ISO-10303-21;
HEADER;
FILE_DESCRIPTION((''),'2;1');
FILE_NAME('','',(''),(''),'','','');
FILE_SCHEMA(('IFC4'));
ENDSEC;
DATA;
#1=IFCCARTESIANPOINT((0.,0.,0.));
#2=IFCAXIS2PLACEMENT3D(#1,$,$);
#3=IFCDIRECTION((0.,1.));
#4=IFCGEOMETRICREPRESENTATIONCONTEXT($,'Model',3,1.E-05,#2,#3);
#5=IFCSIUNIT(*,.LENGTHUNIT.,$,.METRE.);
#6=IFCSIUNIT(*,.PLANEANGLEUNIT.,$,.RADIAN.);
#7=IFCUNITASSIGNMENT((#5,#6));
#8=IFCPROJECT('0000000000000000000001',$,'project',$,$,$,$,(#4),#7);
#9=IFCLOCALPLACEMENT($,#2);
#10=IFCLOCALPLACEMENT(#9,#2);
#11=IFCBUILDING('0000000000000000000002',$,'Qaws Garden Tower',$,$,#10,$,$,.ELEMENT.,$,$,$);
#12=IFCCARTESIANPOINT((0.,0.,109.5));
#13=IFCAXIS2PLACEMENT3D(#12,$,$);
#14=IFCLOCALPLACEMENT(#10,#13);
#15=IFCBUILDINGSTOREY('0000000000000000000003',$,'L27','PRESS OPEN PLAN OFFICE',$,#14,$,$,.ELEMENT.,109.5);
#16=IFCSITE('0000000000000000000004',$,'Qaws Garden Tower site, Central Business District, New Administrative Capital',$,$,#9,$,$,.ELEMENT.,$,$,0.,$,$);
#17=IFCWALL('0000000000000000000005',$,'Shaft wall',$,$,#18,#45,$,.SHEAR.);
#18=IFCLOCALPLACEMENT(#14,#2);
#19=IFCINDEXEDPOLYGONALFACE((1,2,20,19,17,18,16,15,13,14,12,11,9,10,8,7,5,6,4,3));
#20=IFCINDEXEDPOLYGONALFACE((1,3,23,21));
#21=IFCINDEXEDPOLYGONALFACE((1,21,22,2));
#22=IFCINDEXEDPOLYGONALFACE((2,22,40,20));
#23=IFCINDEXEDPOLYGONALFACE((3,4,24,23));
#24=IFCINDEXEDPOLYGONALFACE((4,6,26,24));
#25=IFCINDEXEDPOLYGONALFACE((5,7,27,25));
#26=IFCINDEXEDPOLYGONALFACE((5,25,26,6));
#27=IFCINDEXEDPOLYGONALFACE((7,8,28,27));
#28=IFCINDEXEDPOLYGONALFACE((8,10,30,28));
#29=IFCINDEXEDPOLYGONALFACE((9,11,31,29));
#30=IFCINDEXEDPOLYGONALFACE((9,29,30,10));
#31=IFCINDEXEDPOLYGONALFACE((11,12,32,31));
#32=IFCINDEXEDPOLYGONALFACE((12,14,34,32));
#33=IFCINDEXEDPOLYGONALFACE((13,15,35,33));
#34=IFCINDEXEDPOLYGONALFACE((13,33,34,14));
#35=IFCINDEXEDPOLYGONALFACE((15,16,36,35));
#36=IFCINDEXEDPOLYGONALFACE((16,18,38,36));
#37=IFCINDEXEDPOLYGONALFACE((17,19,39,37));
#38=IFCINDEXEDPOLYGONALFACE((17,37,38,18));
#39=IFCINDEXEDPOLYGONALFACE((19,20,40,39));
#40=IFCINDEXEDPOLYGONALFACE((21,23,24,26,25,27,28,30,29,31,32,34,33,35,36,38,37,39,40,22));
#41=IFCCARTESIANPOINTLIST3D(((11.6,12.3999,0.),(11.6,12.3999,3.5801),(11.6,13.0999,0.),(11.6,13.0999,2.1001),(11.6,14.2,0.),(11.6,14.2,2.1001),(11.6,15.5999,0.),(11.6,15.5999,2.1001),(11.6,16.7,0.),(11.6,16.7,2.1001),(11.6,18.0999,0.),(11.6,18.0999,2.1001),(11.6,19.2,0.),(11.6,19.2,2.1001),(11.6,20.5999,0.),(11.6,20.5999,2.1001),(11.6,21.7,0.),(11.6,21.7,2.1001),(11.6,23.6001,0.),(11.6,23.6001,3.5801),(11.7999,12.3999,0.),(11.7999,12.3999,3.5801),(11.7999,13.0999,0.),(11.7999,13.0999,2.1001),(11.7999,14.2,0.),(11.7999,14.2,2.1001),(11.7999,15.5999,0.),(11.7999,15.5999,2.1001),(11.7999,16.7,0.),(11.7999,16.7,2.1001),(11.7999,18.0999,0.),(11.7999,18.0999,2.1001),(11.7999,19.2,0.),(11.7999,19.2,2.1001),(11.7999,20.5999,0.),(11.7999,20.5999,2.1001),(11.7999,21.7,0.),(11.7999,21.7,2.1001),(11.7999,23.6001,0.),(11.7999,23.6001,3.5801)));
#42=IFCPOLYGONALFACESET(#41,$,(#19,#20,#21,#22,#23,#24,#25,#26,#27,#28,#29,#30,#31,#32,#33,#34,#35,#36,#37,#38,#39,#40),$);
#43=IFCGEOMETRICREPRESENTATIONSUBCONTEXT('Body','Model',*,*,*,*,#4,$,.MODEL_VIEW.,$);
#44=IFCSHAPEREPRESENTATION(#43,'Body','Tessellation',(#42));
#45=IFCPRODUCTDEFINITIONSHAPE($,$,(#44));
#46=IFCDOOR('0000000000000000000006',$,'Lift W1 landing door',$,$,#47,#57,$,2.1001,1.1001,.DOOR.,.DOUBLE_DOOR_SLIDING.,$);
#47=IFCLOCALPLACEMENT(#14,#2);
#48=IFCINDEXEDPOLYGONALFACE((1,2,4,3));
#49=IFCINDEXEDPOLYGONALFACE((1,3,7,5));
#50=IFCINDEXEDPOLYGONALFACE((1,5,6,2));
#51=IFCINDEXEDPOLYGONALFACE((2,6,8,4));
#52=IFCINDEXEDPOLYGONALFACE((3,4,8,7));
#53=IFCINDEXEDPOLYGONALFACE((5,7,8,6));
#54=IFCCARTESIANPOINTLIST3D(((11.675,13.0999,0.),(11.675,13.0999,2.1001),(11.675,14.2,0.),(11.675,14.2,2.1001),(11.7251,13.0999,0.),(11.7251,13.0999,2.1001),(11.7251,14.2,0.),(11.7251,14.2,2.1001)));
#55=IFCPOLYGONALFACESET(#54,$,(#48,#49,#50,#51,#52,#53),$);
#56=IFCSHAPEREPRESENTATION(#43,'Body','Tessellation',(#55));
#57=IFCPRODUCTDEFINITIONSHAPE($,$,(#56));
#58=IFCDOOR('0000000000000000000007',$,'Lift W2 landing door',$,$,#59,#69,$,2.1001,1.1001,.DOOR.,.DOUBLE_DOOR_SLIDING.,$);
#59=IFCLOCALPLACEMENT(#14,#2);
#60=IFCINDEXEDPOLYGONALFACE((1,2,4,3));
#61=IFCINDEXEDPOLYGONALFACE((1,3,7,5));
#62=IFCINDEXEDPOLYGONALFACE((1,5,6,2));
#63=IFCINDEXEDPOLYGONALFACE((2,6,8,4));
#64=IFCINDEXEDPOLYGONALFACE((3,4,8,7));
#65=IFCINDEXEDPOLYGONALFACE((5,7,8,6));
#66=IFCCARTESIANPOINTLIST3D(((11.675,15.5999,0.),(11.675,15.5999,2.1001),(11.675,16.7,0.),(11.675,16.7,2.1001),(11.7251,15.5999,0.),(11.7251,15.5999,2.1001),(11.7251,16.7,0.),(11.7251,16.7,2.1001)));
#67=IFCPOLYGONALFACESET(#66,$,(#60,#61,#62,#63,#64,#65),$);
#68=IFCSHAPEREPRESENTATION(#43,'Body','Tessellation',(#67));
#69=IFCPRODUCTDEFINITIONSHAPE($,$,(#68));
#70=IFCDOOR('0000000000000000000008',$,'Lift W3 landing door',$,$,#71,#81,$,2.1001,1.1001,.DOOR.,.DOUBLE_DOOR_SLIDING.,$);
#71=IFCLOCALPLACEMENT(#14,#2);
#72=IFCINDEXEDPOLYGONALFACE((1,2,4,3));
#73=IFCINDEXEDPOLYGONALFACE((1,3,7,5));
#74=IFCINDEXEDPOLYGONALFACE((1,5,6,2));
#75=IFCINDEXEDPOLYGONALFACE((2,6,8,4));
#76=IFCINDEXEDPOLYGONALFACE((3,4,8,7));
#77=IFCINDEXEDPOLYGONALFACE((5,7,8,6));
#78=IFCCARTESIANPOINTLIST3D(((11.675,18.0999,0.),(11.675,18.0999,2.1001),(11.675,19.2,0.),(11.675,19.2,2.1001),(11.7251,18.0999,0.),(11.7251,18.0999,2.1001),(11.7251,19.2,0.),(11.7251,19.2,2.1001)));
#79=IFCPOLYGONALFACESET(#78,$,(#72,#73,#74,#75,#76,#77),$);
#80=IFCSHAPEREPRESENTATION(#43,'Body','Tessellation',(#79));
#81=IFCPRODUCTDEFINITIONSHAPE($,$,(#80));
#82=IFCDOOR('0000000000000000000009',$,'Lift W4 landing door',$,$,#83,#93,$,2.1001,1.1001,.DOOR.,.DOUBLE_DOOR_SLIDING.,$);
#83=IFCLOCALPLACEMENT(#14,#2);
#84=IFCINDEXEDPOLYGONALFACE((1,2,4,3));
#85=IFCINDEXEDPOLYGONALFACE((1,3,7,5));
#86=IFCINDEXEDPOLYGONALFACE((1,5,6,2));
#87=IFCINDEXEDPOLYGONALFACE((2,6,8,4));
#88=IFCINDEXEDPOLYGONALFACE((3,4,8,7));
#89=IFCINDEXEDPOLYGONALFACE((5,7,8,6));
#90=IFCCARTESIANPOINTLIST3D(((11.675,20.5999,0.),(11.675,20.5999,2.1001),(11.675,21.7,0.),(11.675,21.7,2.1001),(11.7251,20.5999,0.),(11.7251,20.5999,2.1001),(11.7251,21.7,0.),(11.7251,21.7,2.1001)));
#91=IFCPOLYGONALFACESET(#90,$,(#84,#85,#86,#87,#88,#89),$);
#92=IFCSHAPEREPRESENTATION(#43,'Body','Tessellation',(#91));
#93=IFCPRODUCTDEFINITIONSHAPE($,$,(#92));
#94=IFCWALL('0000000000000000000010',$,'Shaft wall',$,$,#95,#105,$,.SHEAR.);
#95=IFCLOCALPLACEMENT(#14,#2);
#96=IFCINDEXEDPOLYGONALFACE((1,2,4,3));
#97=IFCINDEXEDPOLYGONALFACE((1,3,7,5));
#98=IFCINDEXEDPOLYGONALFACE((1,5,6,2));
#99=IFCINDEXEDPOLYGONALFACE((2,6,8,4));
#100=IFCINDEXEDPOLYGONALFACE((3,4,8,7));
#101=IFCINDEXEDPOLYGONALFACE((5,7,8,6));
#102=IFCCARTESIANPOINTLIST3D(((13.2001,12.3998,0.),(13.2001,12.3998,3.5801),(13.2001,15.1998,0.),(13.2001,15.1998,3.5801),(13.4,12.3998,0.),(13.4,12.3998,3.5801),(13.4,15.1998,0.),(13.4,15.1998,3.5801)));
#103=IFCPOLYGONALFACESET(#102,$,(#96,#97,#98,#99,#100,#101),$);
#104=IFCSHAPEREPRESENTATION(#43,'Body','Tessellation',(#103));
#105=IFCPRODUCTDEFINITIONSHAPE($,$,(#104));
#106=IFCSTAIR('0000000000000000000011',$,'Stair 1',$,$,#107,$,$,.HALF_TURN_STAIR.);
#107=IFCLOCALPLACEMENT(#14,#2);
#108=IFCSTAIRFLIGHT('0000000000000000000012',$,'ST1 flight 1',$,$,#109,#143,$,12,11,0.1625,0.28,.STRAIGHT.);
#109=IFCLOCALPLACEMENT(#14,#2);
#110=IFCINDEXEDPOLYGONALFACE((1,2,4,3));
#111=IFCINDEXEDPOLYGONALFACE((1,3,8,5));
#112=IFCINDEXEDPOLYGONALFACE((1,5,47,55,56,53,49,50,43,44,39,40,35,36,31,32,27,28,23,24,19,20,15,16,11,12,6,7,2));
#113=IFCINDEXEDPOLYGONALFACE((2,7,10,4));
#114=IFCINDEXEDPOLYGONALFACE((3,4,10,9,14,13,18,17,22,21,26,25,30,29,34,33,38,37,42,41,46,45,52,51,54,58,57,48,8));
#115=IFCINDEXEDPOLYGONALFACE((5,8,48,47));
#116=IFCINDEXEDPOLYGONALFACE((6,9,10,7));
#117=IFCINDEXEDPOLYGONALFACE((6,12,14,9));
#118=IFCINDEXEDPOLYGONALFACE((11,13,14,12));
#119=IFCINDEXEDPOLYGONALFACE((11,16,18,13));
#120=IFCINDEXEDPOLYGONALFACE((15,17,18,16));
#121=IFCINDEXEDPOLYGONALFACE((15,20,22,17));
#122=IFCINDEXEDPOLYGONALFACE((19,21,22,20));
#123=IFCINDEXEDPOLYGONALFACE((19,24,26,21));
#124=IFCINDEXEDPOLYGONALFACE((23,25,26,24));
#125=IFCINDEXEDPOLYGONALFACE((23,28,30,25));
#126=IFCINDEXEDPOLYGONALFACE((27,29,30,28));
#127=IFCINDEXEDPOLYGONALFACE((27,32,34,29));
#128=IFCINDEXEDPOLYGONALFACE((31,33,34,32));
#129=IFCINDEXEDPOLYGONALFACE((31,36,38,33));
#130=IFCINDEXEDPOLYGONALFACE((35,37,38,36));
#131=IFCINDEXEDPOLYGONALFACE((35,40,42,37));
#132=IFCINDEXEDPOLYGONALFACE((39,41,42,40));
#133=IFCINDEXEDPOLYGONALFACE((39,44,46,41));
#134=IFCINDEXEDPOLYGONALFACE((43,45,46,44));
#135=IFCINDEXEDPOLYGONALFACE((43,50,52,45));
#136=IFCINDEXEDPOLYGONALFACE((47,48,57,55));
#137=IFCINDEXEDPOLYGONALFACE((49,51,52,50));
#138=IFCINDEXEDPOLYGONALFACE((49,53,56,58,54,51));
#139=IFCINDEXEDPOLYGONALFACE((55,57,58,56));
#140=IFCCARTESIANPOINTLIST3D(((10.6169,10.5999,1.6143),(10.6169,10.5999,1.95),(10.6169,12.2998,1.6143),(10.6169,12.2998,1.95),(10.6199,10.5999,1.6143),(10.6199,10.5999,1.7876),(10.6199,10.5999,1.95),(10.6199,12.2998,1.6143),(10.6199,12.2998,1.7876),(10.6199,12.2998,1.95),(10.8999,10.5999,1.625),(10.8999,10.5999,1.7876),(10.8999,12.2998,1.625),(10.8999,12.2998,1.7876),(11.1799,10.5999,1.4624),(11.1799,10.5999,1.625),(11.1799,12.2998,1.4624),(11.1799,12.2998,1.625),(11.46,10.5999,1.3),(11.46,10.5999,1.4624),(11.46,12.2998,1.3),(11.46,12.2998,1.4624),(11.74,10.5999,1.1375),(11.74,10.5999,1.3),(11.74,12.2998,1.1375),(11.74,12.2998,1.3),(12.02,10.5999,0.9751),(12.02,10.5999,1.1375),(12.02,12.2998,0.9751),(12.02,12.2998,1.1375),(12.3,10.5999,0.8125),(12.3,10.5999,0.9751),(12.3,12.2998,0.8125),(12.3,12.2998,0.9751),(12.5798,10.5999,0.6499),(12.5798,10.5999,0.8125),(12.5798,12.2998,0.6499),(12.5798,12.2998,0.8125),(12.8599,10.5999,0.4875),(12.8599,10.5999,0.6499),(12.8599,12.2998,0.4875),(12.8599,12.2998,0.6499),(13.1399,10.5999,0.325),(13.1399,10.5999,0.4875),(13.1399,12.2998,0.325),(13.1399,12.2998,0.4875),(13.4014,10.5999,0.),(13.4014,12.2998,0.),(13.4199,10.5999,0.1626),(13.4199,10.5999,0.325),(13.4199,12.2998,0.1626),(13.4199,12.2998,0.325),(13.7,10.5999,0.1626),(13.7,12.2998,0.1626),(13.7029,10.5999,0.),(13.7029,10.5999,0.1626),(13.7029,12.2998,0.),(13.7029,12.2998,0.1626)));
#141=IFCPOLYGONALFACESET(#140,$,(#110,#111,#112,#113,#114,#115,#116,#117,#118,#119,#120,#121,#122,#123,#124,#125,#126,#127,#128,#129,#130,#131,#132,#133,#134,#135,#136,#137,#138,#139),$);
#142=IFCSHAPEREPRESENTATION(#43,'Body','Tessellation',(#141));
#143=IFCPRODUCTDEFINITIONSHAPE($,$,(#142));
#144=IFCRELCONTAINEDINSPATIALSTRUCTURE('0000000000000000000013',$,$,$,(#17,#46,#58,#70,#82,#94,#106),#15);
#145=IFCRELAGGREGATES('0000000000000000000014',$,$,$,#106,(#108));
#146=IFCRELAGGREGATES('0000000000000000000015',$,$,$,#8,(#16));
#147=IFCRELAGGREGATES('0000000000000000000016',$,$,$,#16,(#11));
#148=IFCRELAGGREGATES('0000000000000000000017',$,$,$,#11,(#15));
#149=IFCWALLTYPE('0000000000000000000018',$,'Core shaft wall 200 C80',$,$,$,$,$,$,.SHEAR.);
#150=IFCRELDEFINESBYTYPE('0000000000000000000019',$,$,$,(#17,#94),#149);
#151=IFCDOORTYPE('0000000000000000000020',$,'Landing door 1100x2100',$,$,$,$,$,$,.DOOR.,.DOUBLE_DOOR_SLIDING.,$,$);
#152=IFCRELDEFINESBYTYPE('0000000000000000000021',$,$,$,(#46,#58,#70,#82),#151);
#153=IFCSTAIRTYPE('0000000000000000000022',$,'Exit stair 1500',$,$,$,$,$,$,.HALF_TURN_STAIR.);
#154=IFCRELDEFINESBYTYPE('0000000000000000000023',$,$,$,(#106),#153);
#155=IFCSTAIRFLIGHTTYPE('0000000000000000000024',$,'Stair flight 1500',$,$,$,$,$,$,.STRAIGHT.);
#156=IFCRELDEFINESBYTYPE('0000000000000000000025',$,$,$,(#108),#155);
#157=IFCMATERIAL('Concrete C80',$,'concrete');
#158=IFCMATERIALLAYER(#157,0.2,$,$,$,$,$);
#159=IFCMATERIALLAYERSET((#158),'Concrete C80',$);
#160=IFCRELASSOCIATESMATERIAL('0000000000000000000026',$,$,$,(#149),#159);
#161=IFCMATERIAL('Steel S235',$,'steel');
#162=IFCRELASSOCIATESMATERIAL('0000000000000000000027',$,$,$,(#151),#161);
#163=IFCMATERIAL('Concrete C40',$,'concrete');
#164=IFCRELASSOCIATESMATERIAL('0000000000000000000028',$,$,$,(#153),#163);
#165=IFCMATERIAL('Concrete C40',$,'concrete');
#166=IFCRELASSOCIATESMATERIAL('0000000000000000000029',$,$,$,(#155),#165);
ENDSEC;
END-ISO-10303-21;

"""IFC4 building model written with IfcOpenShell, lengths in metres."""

from ifc_helpers import new_model, si_unit, direction, frame, frame_2d, origin, place, context, subcontext, project, spatial, polyline, rectangle, outline, extrude, material, layer, layer_set, type_object, element, fill, aggregate, save


model = new_model("IFC4")

# Units and contexts
model_context = context("Model", 3, precision=1e-05, world=origin(), true_north=direction((0.0, 1.0)))
body_context = subcontext(model_context, "Body", "Model", "MODEL_VIEW")
ifc_project = project(units=[si_unit("LENGTHUNIT", "METRE"), si_unit("PLANEANGLEUNIT", "RADIAN")], contexts=[model_context])

# Site, building, storey
site_placement = place(None, origin())
site = spatial("IfcSite", under=ifc_project, at=site_placement, Name="Qaws Garden Tower site, Central Business District, New Administrative Capital", CompositionType="ELEMENT", RefElevation=0.0)
building_placement = place(site_placement, origin())
building = spatial("IfcBuilding", under=site, at=building_placement, Name="Qaws Garden Tower", CompositionType="ELEMENT")
storey_placement = place(building_placement, frame((0.0, 0.0, 109.5)))
storey = spatial("IfcBuildingStorey", under=building, at=storey_placement, Name="L27", Description="PRESS OPEN PLAN OFFICE", CompositionType="ELEMENT", Elevation=109.5)

# Shared definitions
ifc_material_1 = material(Name="Concrete C80", Category="concrete")
ifc_layer_1 = layer(ifc_material_1, 0.2)
ifc_layer_set_1 = layer_set([ifc_layer_1], Name="Concrete C80")
wall_type_1 = type_object("IfcWallType", Name="Core shaft wall 200 C80", PredefinedType="SHEAR", material=ifc_layer_set_1)

# Shared definitions
ifc_material_2 = material(Name="Steel S235", Category="steel")
door_type_1 = type_object("IfcDoorType", Name="Landing door 1100x2100", OperationType="DOUBLE_DOOR_SLIDING", PredefinedType="DOOR", material=ifc_material_2)

# Wall, openings, doors
wall_1_placement = place(storey_placement, frame((11.7, 12.3999, 0.0), z_axis=(0.0, 0.0, 1.0), x_axis=(0.0, 1.0, 0.0)))
wall_1 = element("IfcWall", 1, at=wall_1_placement, inside=storey, type_object=wall_type_1, Name="Shaft wall", PredefinedType="SHEAR", context=body_context, shape_type="SweptSolid", body=[
    extrude(rectangle(XDim=11.2002, YDim=0.2, at=frame_2d((5.6001, 0.0))), origin(), (0.0, 0.0, 1.0), 3.5801),
])
opening_1_placement = place(wall_1_placement, frame((0.7, 0.0, 0.0)))
opening_1 = element("IfcOpeningElement", 2, at=opening_1_placement, cuts=wall_1, PredefinedType="OPENING", context=body_context, shape_type="SweptSolid", body=[
    extrude(rectangle(XDim=1.1001, YDim=2.1001, at=frame_2d((0.55, 1.05))), frame((0.0, 0.1099, 0.0), z_axis=(0.0, -1.0, 0.0), x_axis=(1.0, 0.0, 0.0)), (0.0, 0.0, 1.0), 0.22),
])
opening_2_placement = place(wall_1_placement, frame((3.2, 0.0, 0.0)))
opening_2 = element("IfcOpeningElement", 3, at=opening_2_placement, cuts=wall_1, PredefinedType="OPENING", context=body_context, shape_type="SweptSolid", body=[
    extrude(rectangle(XDim=1.1001, YDim=2.1001, at=frame_2d((0.55, 1.05))), frame((0.0, 0.1099, 0.0), z_axis=(0.0, -1.0, 0.0), x_axis=(1.0, 0.0, 0.0)), (0.0, 0.0, 1.0), 0.22),
])
opening_3_placement = place(wall_1_placement, frame((5.7, 0.0, 0.0)))
opening_3 = element("IfcOpeningElement", 4, at=opening_3_placement, cuts=wall_1, PredefinedType="OPENING", context=body_context, shape_type="SweptSolid", body=[
    extrude(rectangle(XDim=1.1001, YDim=2.1001, at=frame_2d((0.55, 1.05))), frame((0.0, 0.1099, 0.0), z_axis=(0.0, -1.0, 0.0), x_axis=(1.0, 0.0, 0.0)), (0.0, 0.0, 1.0), 0.22),
])
opening_4_placement = place(wall_1_placement, frame((8.2, 0.0, 0.0)))
opening_4 = element("IfcOpeningElement", 5, at=opening_4_placement, cuts=wall_1, PredefinedType="OPENING", context=body_context, shape_type="SweptSolid", body=[
    extrude(rectangle(XDim=1.1001, YDim=2.1001, at=frame_2d((0.55, 1.05))), frame((0.0, 0.1099, 0.0), z_axis=(0.0, -1.0, 0.0), x_axis=(1.0, 0.0, 0.0)), (0.0, 0.0, 1.0), 0.22),
])
door_1_placement = place(opening_1_placement, origin())
door_1 = element("IfcDoor", 6, at=door_1_placement, inside=storey, type_object=door_type_1, Name="Lift W1 landing door", OperationType="DOUBLE_DOOR_SLIDING", OverallHeight=2.1001, OverallWidth=1.1001, PredefinedType="DOOR", context=body_context, shape_type="SweptSolid", body=[
    extrude(rectangle(XDim=1.1001, YDim=2.1001, at=frame_2d((0.55, 1.05))), frame((0.0, 0.0249, 0.0), z_axis=(0.0, -1.0, 0.0), x_axis=(1.0, 0.0, 0.0)), (0.0, 0.0, 1.0), 0.05),
])
fill(opening_1, door_1)
door_2_placement = place(opening_2_placement, origin())
door_2 = element("IfcDoor", 7, at=door_2_placement, inside=storey, type_object=door_type_1, Name="Lift W2 landing door", OperationType="DOUBLE_DOOR_SLIDING", OverallHeight=2.1001, OverallWidth=1.1001, PredefinedType="DOOR", context=body_context, shape_type="SweptSolid", body=[
    extrude(rectangle(XDim=1.1001, YDim=2.1001, at=frame_2d((0.55, 1.05))), frame((0.0, 0.0249, 0.0), z_axis=(0.0, -1.0, 0.0), x_axis=(1.0, 0.0, 0.0)), (0.0, 0.0, 1.0), 0.05),
])
fill(opening_2, door_2)
door_3_placement = place(opening_3_placement, origin())
door_3 = element("IfcDoor", 8, at=door_3_placement, inside=storey, type_object=door_type_1, Name="Lift W3 landing door", OperationType="DOUBLE_DOOR_SLIDING", OverallHeight=2.1001, OverallWidth=1.1001, PredefinedType="DOOR", context=body_context, shape_type="SweptSolid", body=[
    extrude(rectangle(XDim=1.1001, YDim=2.1001, at=frame_2d((0.55, 1.05))), frame((0.0, 0.0249, 0.0), z_axis=(0.0, -1.0, 0.0), x_axis=(1.0, 0.0, 0.0)), (0.0, 0.0, 1.0), 0.05),
])
fill(opening_3, door_3)
door_4_placement = place(opening_4_placement, origin())
door_4 = element("IfcDoor", 9, at=door_4_placement, inside=storey, type_object=door_type_1, Name="Lift W4 landing door", OperationType="DOUBLE_DOOR_SLIDING", OverallHeight=2.1001, OverallWidth=1.1001, PredefinedType="DOOR", context=body_context, shape_type="SweptSolid", body=[
    extrude(rectangle(XDim=1.1001, YDim=2.1001, at=frame_2d((0.55, 1.05))), frame((0.0, 0.0249, 0.0), z_axis=(0.0, -1.0, 0.0), x_axis=(1.0, 0.0, 0.0)), (0.0, 0.0, 1.0), 0.05),
])
fill(opening_4, door_4)

# Wall
wall_2_placement = place(storey_placement, frame((13.3, 12.3999, 0.0), z_axis=(0.0, 0.0, 1.0), x_axis=(0.0, 1.0, 0.0)))
element("IfcWall", 10, at=wall_2_placement, inside=storey, type_object=wall_type_1, Name="Shaft wall", PredefinedType="SHEAR", context=body_context, shape_type="SweptSolid", body=[
    extrude(rectangle(XDim=2.8, YDim=0.2, at=frame_2d((1.3999, 0.0))), origin(), (0.0, 0.0, 1.0), 3.5801),
])

# Stair, stair flight
ifc_material_3 = material(Name="Concrete C40", Category="concrete")
stair_type = type_object("IfcStairType", Name="Exit stair 1500", PredefinedType="HALF_TURN_STAIR", material=ifc_material_3)
stair_placement = place(storey_placement, origin())
stair = element("IfcStair", 11, at=stair_placement, inside=storey, type_object=stair_type, Name="Stair 1", PredefinedType="HALF_TURN_STAIR")
ifc_material_4 = material(Name="Concrete C40", Category="concrete")
stair_flight_type = type_object("IfcStairFlightType", Name="Stair flight 1500", PredefinedType="STRAIGHT", material=ifc_material_4)
stair_flight_placement = place(storey_placement, frame((13.7, 11.45, 0.0), z_axis=(0.0, 0.0, 1.0), x_axis=(-1.0, 0.0, 0.0)))
stair_flight = element("IfcStairFlight", 12, at=stair_flight_placement, type_object=stair_flight_type, Name="ST1 flight 1", NumberOfRisers=12, NumberOfTreads=11, PredefinedType="STRAIGHT", RiserHeight=0.1625, TreadLength=0.28, context=body_context, shape_type="SweptSolid", body=[
    extrude(outline(polyline([(-0.0029, 0.0), (-0.0029, 0.1626), (0.0, 0.1626), (0.28, 0.1626), (0.28, 0.325), (0.5601, 0.325), (0.5601, 0.4875), (0.8401, 0.4875), (0.8401, 0.6499), (1.1201, 0.6499), (1.1201, 0.8125), (1.3999, 0.8125), (1.3999, 0.9751), (1.6799, 0.9751), (1.6799, 1.1375), (1.96, 1.1375), (1.96, 1.3), (2.24, 1.3), (2.24, 1.4624), (2.52, 1.4624), (2.52, 1.625), (2.8, 1.625), (2.8, 1.7876), (3.0801, 1.7876), (3.0801, 1.95), (3.083, 1.95), (3.083, 1.6143), (3.0801, 1.6143), (0.2986, 0.0), (-0.0029, 0.0)])), frame((0.0, 0.8501, 0.0), z_axis=(0.0, -1.0, 0.0), x_axis=(1.0, 0.0, 0.0)), (0.0, 0.0, 1.0), 1.7),
])
aggregate(stair, [stair_flight])

save(model, "model.ifc")
